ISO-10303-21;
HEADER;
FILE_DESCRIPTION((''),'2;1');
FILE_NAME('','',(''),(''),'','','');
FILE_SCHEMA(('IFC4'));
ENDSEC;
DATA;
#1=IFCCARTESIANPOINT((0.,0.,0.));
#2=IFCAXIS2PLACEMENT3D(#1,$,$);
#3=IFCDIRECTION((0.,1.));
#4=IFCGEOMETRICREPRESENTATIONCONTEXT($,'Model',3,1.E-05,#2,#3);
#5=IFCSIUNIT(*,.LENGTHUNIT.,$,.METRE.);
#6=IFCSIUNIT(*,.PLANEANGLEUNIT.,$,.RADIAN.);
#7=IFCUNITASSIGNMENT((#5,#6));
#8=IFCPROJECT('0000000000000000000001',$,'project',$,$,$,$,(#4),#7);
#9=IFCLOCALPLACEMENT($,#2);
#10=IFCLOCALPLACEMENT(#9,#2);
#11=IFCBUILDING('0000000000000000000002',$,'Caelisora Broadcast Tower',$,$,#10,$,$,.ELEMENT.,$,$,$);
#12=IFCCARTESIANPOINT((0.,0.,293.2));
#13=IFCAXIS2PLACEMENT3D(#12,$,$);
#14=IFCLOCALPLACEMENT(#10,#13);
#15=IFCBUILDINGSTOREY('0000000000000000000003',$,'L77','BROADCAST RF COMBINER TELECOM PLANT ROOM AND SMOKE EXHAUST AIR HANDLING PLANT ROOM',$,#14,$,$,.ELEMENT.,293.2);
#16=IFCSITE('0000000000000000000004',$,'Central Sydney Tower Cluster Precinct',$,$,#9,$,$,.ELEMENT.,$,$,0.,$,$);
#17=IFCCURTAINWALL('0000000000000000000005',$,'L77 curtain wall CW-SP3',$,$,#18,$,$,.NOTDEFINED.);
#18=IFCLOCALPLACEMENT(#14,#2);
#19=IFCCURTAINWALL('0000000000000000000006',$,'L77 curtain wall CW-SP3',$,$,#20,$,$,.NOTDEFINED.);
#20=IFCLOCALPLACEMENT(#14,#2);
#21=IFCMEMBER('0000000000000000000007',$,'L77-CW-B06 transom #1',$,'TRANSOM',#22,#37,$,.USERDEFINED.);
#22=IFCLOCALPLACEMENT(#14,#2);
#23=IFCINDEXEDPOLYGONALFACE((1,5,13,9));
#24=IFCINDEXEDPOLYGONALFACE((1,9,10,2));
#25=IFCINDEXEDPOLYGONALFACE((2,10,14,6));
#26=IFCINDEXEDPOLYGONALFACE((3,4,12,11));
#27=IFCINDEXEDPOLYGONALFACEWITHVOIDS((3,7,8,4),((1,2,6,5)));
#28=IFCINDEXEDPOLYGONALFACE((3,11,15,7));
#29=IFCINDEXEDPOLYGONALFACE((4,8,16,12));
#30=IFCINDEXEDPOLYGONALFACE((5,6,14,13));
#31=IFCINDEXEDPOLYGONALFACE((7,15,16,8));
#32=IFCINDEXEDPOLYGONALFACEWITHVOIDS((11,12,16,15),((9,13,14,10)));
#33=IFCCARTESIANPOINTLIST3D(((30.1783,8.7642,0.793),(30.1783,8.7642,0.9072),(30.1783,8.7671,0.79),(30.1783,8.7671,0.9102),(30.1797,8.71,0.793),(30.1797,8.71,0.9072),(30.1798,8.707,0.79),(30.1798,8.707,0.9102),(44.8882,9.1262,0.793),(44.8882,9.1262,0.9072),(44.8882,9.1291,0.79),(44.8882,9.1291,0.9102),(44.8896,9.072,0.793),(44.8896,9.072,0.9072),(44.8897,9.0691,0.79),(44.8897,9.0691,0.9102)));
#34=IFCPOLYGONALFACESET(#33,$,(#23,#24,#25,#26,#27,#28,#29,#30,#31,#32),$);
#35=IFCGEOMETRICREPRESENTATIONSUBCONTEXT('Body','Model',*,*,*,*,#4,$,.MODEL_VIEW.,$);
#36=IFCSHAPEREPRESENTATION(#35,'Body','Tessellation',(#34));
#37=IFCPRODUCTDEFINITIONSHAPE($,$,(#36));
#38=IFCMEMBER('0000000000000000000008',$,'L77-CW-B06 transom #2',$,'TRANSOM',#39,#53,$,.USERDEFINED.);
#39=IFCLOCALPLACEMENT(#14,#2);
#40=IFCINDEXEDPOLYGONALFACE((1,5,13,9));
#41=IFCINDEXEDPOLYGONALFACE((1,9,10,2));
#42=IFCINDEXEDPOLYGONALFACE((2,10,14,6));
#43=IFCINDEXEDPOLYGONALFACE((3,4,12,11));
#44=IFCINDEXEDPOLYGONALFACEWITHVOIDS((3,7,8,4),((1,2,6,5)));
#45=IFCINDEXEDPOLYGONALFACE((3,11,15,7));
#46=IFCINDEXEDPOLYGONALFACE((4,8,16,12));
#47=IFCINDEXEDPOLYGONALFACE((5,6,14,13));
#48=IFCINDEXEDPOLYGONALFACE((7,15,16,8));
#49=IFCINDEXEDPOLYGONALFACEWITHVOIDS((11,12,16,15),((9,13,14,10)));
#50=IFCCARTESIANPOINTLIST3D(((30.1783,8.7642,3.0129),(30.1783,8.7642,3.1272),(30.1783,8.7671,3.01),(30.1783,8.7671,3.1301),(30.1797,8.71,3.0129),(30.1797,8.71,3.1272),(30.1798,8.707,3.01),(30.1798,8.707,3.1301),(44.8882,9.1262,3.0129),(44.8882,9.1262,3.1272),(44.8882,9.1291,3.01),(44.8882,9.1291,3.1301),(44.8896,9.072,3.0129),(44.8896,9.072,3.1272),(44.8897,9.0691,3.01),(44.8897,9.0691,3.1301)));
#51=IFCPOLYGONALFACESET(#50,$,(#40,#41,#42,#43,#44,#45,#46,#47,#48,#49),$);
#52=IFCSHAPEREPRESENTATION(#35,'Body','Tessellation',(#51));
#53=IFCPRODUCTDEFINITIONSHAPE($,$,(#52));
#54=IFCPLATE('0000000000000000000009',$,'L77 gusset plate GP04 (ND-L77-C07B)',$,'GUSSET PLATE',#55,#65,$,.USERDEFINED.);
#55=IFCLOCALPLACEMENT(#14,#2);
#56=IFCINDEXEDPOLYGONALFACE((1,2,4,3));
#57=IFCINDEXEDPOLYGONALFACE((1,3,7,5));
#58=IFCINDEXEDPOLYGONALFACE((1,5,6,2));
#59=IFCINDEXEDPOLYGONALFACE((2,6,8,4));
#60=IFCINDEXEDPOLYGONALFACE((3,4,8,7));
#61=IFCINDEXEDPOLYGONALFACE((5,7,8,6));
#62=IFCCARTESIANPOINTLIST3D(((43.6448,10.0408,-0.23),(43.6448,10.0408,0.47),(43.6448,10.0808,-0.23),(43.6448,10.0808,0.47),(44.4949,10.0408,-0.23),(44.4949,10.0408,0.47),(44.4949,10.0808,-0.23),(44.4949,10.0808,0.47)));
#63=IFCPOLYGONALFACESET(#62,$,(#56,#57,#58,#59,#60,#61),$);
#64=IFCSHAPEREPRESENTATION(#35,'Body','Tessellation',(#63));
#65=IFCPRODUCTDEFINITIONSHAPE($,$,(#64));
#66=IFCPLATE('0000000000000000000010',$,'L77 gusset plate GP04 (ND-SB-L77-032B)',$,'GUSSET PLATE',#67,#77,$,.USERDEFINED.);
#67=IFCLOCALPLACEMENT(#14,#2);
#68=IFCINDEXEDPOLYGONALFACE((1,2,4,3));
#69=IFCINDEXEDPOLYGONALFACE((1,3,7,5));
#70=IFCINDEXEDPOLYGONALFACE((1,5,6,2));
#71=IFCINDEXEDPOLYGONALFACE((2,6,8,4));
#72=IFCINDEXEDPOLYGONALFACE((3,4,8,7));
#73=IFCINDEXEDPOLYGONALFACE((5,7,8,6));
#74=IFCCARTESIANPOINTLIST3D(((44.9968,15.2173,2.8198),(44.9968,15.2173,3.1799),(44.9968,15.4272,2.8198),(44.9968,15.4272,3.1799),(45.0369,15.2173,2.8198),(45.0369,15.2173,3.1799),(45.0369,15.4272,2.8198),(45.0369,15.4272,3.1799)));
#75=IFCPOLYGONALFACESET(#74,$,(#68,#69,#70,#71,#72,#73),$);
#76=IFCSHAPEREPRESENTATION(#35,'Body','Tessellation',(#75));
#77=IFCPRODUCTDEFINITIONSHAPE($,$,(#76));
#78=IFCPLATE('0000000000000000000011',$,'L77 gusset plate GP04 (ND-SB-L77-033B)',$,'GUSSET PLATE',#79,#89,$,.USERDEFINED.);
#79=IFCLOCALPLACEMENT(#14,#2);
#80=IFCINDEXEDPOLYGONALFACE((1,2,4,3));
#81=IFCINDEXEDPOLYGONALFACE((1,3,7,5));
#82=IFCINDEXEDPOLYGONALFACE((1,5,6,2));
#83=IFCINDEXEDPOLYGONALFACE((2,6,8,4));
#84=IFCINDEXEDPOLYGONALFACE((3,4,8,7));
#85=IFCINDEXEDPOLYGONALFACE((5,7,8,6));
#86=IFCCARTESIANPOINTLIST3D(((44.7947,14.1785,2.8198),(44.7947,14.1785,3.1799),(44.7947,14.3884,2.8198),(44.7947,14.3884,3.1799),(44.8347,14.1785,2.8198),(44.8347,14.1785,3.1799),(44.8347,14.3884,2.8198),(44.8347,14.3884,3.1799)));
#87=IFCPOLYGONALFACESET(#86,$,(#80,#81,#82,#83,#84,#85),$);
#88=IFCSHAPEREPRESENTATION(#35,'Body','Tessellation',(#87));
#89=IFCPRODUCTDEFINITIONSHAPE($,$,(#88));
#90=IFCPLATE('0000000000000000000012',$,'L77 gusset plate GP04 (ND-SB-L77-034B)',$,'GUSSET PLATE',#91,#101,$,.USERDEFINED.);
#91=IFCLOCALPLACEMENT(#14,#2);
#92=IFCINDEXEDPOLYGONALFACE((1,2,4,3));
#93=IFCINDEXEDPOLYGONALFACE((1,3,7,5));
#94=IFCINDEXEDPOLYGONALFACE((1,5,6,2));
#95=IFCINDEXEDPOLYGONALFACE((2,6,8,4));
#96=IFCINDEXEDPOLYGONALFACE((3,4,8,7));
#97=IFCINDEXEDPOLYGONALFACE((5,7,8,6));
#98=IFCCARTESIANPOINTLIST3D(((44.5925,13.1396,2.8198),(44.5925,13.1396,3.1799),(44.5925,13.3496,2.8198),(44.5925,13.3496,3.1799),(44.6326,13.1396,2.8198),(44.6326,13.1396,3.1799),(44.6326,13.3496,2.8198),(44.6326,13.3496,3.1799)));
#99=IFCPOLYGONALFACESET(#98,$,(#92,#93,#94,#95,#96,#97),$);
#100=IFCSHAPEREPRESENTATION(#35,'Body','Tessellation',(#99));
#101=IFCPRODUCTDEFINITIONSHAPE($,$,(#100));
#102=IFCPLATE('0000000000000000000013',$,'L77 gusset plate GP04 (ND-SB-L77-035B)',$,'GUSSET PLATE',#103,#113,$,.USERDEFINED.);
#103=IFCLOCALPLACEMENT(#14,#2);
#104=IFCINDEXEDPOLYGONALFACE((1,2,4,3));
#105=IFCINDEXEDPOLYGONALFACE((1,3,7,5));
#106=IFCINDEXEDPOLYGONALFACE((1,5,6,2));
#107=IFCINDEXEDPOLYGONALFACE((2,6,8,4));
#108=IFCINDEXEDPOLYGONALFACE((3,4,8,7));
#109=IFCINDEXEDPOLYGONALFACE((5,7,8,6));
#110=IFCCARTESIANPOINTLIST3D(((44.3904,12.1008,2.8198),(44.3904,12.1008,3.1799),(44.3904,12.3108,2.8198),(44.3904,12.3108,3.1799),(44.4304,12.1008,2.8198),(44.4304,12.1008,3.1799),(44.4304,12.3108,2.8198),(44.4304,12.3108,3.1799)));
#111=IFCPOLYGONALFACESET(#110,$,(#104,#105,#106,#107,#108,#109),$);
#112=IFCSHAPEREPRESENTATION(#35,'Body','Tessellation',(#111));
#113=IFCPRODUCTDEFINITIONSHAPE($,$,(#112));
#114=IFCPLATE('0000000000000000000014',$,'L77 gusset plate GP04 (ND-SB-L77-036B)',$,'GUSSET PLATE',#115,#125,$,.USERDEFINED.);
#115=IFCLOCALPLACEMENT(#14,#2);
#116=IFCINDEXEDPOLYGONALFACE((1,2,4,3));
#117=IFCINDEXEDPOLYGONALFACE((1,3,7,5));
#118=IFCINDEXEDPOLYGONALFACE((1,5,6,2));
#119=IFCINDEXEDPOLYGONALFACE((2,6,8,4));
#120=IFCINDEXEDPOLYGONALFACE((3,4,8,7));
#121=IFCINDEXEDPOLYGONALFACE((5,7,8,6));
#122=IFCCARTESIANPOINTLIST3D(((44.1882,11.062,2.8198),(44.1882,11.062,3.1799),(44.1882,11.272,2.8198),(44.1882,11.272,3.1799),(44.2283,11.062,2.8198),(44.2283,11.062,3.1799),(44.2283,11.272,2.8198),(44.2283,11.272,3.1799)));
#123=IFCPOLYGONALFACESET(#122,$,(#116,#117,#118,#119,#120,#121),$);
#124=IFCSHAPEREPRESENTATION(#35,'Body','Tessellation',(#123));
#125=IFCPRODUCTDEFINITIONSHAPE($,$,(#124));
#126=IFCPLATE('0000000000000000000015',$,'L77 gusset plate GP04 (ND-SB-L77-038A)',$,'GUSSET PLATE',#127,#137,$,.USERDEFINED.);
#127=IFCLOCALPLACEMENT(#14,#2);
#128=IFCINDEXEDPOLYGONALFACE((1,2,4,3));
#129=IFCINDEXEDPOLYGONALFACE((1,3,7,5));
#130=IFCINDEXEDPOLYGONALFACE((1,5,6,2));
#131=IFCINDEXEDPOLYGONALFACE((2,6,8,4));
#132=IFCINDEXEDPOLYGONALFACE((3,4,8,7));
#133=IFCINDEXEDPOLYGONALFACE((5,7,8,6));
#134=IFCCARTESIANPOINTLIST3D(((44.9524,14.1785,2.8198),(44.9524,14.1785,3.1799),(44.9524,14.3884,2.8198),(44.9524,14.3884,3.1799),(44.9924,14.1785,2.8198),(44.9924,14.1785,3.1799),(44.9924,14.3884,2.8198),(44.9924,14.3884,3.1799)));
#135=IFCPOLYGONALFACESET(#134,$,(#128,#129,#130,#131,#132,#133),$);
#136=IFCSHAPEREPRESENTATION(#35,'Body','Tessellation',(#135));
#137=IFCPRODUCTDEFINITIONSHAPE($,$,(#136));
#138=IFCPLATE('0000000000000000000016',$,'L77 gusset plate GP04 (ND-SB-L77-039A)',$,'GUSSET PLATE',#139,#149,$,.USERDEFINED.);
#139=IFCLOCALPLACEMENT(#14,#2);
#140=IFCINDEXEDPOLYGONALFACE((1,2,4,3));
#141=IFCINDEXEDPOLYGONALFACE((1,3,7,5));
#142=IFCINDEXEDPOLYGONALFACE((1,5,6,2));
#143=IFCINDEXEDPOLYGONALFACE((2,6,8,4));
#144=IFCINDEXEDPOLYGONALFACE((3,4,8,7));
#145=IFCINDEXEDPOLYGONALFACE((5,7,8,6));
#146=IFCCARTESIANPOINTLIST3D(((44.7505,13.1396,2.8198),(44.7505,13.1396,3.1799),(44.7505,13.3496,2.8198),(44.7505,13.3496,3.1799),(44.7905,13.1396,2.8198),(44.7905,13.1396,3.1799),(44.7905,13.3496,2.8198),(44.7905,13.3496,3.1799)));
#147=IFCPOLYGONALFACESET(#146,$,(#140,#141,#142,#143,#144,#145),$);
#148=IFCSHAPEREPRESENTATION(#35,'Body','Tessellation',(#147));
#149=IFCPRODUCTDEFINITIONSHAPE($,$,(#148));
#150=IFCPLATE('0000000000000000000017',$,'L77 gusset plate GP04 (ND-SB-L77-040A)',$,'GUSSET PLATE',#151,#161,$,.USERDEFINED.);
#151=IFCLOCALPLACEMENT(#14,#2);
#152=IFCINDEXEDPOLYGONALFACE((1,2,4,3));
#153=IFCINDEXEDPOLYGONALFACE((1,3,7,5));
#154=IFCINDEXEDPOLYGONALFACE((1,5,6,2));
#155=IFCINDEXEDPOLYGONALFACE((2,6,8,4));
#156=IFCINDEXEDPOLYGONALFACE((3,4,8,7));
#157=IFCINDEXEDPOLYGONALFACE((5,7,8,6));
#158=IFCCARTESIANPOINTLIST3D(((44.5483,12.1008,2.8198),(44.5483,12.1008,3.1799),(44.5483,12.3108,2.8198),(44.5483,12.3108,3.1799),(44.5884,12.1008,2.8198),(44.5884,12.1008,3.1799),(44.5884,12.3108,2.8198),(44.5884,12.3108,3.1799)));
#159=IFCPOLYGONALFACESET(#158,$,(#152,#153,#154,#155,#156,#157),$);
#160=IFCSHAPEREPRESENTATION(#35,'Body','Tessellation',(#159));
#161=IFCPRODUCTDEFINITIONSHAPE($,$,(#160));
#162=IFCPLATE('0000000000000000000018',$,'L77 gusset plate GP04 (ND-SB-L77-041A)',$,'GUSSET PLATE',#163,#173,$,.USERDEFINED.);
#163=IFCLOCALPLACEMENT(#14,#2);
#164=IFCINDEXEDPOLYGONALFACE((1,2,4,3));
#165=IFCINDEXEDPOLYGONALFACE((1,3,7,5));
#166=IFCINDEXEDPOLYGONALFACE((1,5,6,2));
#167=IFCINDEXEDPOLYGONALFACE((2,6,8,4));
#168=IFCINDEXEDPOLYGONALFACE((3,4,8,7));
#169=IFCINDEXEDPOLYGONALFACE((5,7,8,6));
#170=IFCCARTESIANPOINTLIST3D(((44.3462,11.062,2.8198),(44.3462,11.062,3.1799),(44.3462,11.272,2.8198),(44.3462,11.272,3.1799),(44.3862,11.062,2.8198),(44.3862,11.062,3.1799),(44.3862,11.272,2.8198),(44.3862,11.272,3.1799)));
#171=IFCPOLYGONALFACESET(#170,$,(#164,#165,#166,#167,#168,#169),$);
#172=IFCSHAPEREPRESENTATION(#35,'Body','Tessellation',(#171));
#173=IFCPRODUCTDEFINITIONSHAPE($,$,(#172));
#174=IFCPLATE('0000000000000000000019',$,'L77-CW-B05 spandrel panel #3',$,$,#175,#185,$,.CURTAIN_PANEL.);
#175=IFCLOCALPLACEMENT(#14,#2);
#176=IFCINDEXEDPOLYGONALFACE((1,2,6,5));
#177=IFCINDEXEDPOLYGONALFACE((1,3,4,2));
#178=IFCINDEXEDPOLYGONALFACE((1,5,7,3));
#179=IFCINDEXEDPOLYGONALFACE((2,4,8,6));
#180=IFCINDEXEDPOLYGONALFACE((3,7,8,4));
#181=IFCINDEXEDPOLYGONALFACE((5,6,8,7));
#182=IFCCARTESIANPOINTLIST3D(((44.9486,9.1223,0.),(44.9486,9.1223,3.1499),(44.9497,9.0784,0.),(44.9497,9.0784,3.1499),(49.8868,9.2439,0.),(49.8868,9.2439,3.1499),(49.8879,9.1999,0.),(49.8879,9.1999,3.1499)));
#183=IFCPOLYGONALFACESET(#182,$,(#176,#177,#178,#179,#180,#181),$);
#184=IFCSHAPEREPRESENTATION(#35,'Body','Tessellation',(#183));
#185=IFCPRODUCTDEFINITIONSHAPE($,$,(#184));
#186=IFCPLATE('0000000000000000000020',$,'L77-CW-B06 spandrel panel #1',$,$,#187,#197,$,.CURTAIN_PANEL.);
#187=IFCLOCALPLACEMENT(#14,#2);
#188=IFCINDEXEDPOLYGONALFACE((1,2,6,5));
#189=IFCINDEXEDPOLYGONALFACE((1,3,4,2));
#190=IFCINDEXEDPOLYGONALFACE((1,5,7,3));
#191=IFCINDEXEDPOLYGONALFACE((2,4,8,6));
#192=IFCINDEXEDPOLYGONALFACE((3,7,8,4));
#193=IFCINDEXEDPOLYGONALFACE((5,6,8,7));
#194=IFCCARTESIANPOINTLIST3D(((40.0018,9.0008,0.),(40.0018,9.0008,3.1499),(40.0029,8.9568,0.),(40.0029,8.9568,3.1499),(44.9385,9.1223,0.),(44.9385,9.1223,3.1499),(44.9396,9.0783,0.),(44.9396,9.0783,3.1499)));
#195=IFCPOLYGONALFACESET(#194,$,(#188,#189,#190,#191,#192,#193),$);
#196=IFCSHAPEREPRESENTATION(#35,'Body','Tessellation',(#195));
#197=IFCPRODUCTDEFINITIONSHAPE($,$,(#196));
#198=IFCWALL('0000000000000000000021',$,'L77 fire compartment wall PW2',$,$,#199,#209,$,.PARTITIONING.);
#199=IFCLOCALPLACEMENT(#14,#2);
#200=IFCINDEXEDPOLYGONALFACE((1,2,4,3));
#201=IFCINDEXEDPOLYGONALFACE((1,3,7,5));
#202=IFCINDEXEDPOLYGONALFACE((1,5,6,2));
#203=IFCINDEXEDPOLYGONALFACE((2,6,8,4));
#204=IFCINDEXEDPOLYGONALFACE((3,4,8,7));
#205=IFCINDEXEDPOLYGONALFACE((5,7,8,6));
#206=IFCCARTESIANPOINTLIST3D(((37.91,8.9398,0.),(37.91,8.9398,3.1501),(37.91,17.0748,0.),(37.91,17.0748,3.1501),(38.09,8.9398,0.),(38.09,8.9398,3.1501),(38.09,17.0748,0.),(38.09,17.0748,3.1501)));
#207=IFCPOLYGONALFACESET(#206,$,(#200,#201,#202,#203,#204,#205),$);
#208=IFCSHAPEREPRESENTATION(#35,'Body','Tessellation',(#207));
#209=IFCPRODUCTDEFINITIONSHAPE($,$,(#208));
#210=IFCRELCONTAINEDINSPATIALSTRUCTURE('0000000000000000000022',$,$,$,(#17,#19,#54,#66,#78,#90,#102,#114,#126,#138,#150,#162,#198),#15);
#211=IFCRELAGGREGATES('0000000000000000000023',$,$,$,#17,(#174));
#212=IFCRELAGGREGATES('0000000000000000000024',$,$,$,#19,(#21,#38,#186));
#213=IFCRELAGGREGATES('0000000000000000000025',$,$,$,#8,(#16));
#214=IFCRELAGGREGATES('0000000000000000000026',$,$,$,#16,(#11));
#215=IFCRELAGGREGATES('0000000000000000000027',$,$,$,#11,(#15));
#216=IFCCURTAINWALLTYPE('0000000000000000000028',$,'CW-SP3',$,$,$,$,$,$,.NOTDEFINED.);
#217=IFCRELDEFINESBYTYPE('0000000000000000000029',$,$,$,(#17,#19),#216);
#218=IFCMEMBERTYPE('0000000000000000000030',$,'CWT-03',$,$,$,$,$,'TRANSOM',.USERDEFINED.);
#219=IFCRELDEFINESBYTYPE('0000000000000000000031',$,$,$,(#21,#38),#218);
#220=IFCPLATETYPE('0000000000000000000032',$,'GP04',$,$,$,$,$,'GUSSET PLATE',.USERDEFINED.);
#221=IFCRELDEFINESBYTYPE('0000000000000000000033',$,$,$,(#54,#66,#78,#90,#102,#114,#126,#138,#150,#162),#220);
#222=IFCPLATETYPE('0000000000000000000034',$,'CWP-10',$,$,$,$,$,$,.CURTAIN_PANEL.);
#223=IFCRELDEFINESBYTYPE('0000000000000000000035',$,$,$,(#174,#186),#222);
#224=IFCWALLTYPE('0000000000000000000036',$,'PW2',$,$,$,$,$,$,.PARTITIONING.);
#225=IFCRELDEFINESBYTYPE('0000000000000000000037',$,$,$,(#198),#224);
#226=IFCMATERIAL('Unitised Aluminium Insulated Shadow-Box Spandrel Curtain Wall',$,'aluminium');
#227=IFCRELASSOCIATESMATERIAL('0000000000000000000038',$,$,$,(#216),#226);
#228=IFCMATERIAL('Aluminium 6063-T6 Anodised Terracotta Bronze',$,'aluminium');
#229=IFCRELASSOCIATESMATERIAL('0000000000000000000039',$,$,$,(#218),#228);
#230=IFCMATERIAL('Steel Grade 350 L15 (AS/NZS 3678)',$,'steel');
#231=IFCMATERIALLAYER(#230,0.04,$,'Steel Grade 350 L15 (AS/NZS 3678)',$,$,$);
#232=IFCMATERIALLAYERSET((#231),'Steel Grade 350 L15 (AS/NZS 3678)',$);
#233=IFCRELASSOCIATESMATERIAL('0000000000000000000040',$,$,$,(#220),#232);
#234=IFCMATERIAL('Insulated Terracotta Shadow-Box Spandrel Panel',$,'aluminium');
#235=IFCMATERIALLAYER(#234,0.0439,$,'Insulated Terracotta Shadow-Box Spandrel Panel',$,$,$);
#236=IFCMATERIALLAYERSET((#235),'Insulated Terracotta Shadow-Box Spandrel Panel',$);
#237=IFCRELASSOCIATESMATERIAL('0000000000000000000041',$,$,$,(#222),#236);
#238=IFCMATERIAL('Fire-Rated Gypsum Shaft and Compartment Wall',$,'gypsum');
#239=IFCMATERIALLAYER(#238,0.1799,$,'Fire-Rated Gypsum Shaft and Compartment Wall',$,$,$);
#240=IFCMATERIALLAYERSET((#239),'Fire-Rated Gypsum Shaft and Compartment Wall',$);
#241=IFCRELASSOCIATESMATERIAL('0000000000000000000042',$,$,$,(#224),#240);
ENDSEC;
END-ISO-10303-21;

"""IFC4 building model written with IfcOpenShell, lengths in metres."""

from ifc_helpers import new_model, si_unit, direction, frame, frame_2d, origin, origin_2d, place, context, subcontext, project, spatial, rectangle, hollow_rectangle, extrude, source, transform, mapped, material, layer, layer_set, material_profile, profile_set, type_object, type_shapes, element, aggregate, save


model = new_model("IFC4")

# Units and contexts
model_context = context("Model", 3, precision=1e-05, world=origin(), true_north=direction((0.0, 1.0)))
body_context = subcontext(model_context, "Body", "Model", "MODEL_VIEW")
ifc_project = project(units=[si_unit("LENGTHUNIT", "METRE"), si_unit("PLANEANGLEUNIT", "RADIAN")], contexts=[model_context])

# Site, building, storey
site_placement = place(None, origin())
site = spatial("IfcSite", under=ifc_project, at=site_placement, Name="Central Sydney Tower Cluster Precinct", CompositionType="ELEMENT", RefElevation=0.0)
building_placement = place(site_placement, origin())
building = spatial("IfcBuilding", under=site, at=building_placement, Name="Caelisora Broadcast Tower", CompositionType="ELEMENT")
storey_placement = place(building_placement, frame((0.0, 0.0, 293.2)))
storey = spatial("IfcBuildingStorey", under=building, at=storey_placement, Name="L77", Description="BROADCAST RF COMBINER TELECOM PLANT ROOM AND SMOKE EXHAUST AIR HANDLING PLANT ROOM", CompositionType="ELEMENT", Elevation=293.2)

# Curtain wall
ifc_material_1 = material(Name="Unitised Aluminium Insulated Shadow-Box Spandrel Curtain Wall", Category="aluminium")
curtain_wall_type = type_object("IfcCurtainWallType", Name="CW-SP3", PredefinedType="NOTDEFINED", material=ifc_material_1)
curtain_wall_1_placement = place(storey_placement, origin())
curtain_wall_1 = element("IfcCurtainWall", 1, at=curtain_wall_1_placement, inside=storey, type_object=curtain_wall_type, Name="L77 curtain wall CW-SP3", PredefinedType="NOTDEFINED")
ifc_material_2 = material(Name="Aluminium 6063-T6 Anodised Terracotta Bronze", Category="aluminium")

# Curtain wall, members
curtain_wall_2_placement = place(storey_placement, origin())
curtain_wall_2 = element("IfcCurtainWall", 2, at=curtain_wall_2_placement, inside=storey, type_object=curtain_wall_type, Name="L77 curtain wall CW-SP3", PredefinedType="NOTDEFINED")
ifc_material_profile_1 = material_profile(ifc_material_2, hollow_rectangle(XDim=0.0601, YDim=0.1201, WallThickness=0.0029, at=origin_2d()), Name="Aluminium 6063-T6 Anodised Terracotta Bronze")
ifc_profile_set_1 = profile_set([ifc_material_profile_1], Name="Aluminium 6063-T6 Anodised Terracotta Bronze")
member_type_1 = type_object("IfcMemberType", Name="CWT-03", ElementType="TRANSOM", PredefinedType="USERDEFINED", material=ifc_profile_set_1)
shared_shape_1 = source(origin(), body_context, "Body", "SweptSolid", [
    extrude(hollow_rectangle(XDim=0.0601, YDim=0.1201, WallThickness=0.0029, at=origin_2d()), origin(), (0.0, 0.0, 1.0), 14.7144),
])
type_shapes(member_type_1, [shared_shape_1])
member_1_placement = place(storey_placement, frame((44.8889, 9.0991, 0.8501), z_axis=(-0.999697, -0.024606, 0.0), x_axis=(0.024606, -0.999697, 0.0)))
member_1 = element("IfcMember", 3, at=member_1_placement, type_object=member_type_1, Name="L77-CW-B06 transom #1", ObjectType="TRANSOM", PredefinedType="USERDEFINED", context=body_context, shape_type="MappedRepresentation", body=[
    mapped(shared_shape_1, transform((0.0, 0.0, 0.0), scale=1.0)),
])
member_2_placement = place(storey_placement, frame((44.8889, 9.0991, 3.0701), z_axis=(-0.999697, -0.024606, 0.0), x_axis=(0.024606, -0.999697, 0.0)))
member_2 = element("IfcMember", 4, at=member_2_placement, type_object=member_type_1, Name="L77-CW-B06 transom #2", ObjectType="TRANSOM", PredefinedType="USERDEFINED", context=body_context, shape_type="MappedRepresentation", body=[
    mapped(shared_shape_1, transform((0.0, 0.0, 0.0), scale=1.0)),
])

# Plates
ifc_material_3 = material(Name="Steel Grade 350 L15 (AS/NZS 3678)", Category="steel")
ifc_layer_1 = layer(ifc_material_3, 0.04, Name="Steel Grade 350 L15 (AS/NZS 3678)")
ifc_layer_set_1 = layer_set([ifc_layer_1], Name="Steel Grade 350 L15 (AS/NZS 3678)")
plate_type_1 = type_object("IfcPlateType", Name="GP04", ElementType="GUSSET PLATE", PredefinedType="USERDEFINED", material=ifc_layer_set_1)
shared_shape_2 = source(origin(), body_context, "Body", "SweptSolid", [
    extrude(rectangle(XDim=0.8501, YDim=0.04, at=origin_2d()), origin(), (0.0, 0.0, 1.0), 0.7),
])
plate_1_placement = place(storey_placement, frame((44.0698, 10.0608, -0.23), z_axis=(0.0, 0.0, 1.0), x_axis=(1.0, 0.0, 0.0)))
element("IfcPlate", 5, at=plate_1_placement, inside=storey, type_object=plate_type_1, Name="L77 gusset plate GP04 (ND-L77-C07B)", ObjectType="GUSSET PLATE", PredefinedType="USERDEFINED", context=body_context, shape_type="MappedRepresentation", body=[
    mapped(shared_shape_2, transform((0.0, 0.0, 0.0), scale=1.0)),
])
shared_shape_3 = source(origin(), body_context, "Body", "SweptSolid", [
    extrude(rectangle(XDim=0.21, YDim=0.04, at=origin_2d()), origin(), (0.0, 0.0, 1.0), 0.3601),
])
type_shapes(plate_type_1, [shared_shape_2, shared_shape_3])
for number, where, z_axis, x_axis, name in (
    (6, (45.0168, 15.3223, 2.8198), (0.0, 0.0, 1.0), (0.0, 1.0, 0.0), "L77 gusset plate GP04 (ND-SB-L77-032B)"),
    (7, (44.8147, 14.2834, 2.8198), (0.0, 0.0, 1.0), (0.0, 1.0, 0.0), "L77 gusset plate GP04 (ND-SB-L77-033B)"),
    (8, (44.6125, 13.2446, 2.8198), (0.0, 0.0, 1.0), (0.0, 1.0, 0.0), "L77 gusset plate GP04 (ND-SB-L77-034B)"),
    (9, (44.4104, 12.2058, 2.8198), (0.0, 0.0, 1.0), (0.0, 1.0, 0.0), "L77 gusset plate GP04 (ND-SB-L77-035B)"),
    (10, (44.2083, 11.167, 2.8198), (0.0, 0.0, 1.0), (0.0, 1.0, 0.0), "L77 gusset plate GP04 (ND-SB-L77-036B)"),
    (11, (44.9724, 14.2834, 2.8198), (0.0, 0.0, 1.0), (0.0, 1.0, 0.0), "L77 gusset plate GP04 (ND-SB-L77-038A)"),
    (12, (44.7705, 13.2446, 2.8198), (0.0, 0.0, 1.0), (0.0, 1.0, 0.0), "L77 gusset plate GP04 (ND-SB-L77-039A)"),
    (13, (44.5684, 12.2058, 2.8198), (0.0, 0.0, 1.0), (0.0, 1.0, 0.0), "L77 gusset plate GP04 (ND-SB-L77-040A)"),
    (14, (44.3662, 11.167, 2.8198), (0.0, 0.0, 1.0), (0.0, 1.0, 0.0), "L77 gusset plate GP04 (ND-SB-L77-041A)"),
):
    element("IfcPlate", number, at=place(storey_placement, frame(where, z_axis=z_axis, x_axis=x_axis)), inside=storey, type_object=plate_type_1, Name=name, ObjectType="GUSSET PLATE", PredefinedType="USERDEFINED", context=body_context, shape_type="MappedRepresentation", body=[
        mapped(shared_shape_3, transform((0.0, 0.0, 0.0), scale=1.0)),
    ])

# Plates
ifc_material_4 = material(Name="Insulated Terracotta Shadow-Box Spandrel Panel", Category="aluminium")
ifc_layer_2 = layer(ifc_material_4, 0.0439, Name="Insulated Terracotta Shadow-Box Spandrel Panel")
ifc_layer_set_2 = layer_set([ifc_layer_2], Name="Insulated Terracotta Shadow-Box Spandrel Panel")
plate_type_2 = type_object("IfcPlateType", Name="CWP-10", PredefinedType="CURTAIN_PANEL", material=ifc_layer_set_2)
shared_shape_4 = source(origin(), body_context, "Body", "SweptSolid", [
    extrude(rectangle(XDim=4.9397, YDim=0.0439, at=origin_2d()), origin(), (0.0, 0.0, 1.0), 3.1499),
])
plate_2_placement = place(storey_placement, frame((47.4182, 9.1611, 0.0), z_axis=(0.0, 0.0, 1.0), x_axis=(-0.999697, -0.024607, 0.0)))
plate_2 = element("IfcPlate", 15, at=plate_2_placement, type_object=plate_type_2, Name="L77-CW-B05 spandrel panel #3", PredefinedType="CURTAIN_PANEL", context=body_context, shape_type="MappedRepresentation", body=[
    mapped(shared_shape_4, transform((0.0, 0.0, 0.0), scale=1.0)),
])
aggregate(curtain_wall_1, [plate_2])
shared_shape_5 = source(origin(), body_context, "Body", "SweptSolid", [
    extrude(rectangle(XDim=4.9382, YDim=0.0439, at=origin_2d()), origin(), (0.0, 0.0, 1.0), 3.1499),
])
type_shapes(plate_type_2, [shared_shape_4, shared_shape_5])
plate_3_placement = place(storey_placement, frame((42.4707, 9.0396, 0.0), z_axis=(0.0, 0.0, 1.0), x_axis=(-0.999697, -0.024607, 0.0)))
plate_3 = element("IfcPlate", 16, at=plate_3_placement, type_object=plate_type_2, Name="L77-CW-B06 spandrel panel #1", PredefinedType="CURTAIN_PANEL", context=body_context, shape_type="MappedRepresentation", body=[
    mapped(shared_shape_5, transform((0.0, 0.0, 0.0), scale=1.0)),
])
aggregate(curtain_wall_2, [member_1, member_2, plate_3])

# Wall
ifc_material_5 = material(Name="Fire-Rated Gypsum Shaft and Compartment Wall", Category="gypsum")
ifc_layer_3 = layer(ifc_material_5, 0.1799, Name="Fire-Rated Gypsum Shaft and Compartment Wall")
ifc_layer_set_3 = layer_set([ifc_layer_3], Name="Fire-Rated Gypsum Shaft and Compartment Wall")
wall_type = type_object("IfcWallType", Name="PW2", PredefinedType="PARTITIONING", material=ifc_layer_set_3)
wall_placement = place(storey_placement, frame((38.0, 8.9399, 0.0), z_axis=(0.0, 0.0, 1.0), x_axis=(0.0, 1.0, 0.0)))
element("IfcWall", 17, at=wall_placement, inside=storey, type_object=wall_type, Name="L77 fire compartment wall PW2", PredefinedType="PARTITIONING", context=body_context, shape_type="SweptSolid", body=[
    extrude(rectangle(XDim=8.135, YDim=0.1799, at=frame_2d((4.0674, 0.0))), origin(), (0.0, 0.0, 1.0), 3.1501),
])

save(model, "model.ifc")
